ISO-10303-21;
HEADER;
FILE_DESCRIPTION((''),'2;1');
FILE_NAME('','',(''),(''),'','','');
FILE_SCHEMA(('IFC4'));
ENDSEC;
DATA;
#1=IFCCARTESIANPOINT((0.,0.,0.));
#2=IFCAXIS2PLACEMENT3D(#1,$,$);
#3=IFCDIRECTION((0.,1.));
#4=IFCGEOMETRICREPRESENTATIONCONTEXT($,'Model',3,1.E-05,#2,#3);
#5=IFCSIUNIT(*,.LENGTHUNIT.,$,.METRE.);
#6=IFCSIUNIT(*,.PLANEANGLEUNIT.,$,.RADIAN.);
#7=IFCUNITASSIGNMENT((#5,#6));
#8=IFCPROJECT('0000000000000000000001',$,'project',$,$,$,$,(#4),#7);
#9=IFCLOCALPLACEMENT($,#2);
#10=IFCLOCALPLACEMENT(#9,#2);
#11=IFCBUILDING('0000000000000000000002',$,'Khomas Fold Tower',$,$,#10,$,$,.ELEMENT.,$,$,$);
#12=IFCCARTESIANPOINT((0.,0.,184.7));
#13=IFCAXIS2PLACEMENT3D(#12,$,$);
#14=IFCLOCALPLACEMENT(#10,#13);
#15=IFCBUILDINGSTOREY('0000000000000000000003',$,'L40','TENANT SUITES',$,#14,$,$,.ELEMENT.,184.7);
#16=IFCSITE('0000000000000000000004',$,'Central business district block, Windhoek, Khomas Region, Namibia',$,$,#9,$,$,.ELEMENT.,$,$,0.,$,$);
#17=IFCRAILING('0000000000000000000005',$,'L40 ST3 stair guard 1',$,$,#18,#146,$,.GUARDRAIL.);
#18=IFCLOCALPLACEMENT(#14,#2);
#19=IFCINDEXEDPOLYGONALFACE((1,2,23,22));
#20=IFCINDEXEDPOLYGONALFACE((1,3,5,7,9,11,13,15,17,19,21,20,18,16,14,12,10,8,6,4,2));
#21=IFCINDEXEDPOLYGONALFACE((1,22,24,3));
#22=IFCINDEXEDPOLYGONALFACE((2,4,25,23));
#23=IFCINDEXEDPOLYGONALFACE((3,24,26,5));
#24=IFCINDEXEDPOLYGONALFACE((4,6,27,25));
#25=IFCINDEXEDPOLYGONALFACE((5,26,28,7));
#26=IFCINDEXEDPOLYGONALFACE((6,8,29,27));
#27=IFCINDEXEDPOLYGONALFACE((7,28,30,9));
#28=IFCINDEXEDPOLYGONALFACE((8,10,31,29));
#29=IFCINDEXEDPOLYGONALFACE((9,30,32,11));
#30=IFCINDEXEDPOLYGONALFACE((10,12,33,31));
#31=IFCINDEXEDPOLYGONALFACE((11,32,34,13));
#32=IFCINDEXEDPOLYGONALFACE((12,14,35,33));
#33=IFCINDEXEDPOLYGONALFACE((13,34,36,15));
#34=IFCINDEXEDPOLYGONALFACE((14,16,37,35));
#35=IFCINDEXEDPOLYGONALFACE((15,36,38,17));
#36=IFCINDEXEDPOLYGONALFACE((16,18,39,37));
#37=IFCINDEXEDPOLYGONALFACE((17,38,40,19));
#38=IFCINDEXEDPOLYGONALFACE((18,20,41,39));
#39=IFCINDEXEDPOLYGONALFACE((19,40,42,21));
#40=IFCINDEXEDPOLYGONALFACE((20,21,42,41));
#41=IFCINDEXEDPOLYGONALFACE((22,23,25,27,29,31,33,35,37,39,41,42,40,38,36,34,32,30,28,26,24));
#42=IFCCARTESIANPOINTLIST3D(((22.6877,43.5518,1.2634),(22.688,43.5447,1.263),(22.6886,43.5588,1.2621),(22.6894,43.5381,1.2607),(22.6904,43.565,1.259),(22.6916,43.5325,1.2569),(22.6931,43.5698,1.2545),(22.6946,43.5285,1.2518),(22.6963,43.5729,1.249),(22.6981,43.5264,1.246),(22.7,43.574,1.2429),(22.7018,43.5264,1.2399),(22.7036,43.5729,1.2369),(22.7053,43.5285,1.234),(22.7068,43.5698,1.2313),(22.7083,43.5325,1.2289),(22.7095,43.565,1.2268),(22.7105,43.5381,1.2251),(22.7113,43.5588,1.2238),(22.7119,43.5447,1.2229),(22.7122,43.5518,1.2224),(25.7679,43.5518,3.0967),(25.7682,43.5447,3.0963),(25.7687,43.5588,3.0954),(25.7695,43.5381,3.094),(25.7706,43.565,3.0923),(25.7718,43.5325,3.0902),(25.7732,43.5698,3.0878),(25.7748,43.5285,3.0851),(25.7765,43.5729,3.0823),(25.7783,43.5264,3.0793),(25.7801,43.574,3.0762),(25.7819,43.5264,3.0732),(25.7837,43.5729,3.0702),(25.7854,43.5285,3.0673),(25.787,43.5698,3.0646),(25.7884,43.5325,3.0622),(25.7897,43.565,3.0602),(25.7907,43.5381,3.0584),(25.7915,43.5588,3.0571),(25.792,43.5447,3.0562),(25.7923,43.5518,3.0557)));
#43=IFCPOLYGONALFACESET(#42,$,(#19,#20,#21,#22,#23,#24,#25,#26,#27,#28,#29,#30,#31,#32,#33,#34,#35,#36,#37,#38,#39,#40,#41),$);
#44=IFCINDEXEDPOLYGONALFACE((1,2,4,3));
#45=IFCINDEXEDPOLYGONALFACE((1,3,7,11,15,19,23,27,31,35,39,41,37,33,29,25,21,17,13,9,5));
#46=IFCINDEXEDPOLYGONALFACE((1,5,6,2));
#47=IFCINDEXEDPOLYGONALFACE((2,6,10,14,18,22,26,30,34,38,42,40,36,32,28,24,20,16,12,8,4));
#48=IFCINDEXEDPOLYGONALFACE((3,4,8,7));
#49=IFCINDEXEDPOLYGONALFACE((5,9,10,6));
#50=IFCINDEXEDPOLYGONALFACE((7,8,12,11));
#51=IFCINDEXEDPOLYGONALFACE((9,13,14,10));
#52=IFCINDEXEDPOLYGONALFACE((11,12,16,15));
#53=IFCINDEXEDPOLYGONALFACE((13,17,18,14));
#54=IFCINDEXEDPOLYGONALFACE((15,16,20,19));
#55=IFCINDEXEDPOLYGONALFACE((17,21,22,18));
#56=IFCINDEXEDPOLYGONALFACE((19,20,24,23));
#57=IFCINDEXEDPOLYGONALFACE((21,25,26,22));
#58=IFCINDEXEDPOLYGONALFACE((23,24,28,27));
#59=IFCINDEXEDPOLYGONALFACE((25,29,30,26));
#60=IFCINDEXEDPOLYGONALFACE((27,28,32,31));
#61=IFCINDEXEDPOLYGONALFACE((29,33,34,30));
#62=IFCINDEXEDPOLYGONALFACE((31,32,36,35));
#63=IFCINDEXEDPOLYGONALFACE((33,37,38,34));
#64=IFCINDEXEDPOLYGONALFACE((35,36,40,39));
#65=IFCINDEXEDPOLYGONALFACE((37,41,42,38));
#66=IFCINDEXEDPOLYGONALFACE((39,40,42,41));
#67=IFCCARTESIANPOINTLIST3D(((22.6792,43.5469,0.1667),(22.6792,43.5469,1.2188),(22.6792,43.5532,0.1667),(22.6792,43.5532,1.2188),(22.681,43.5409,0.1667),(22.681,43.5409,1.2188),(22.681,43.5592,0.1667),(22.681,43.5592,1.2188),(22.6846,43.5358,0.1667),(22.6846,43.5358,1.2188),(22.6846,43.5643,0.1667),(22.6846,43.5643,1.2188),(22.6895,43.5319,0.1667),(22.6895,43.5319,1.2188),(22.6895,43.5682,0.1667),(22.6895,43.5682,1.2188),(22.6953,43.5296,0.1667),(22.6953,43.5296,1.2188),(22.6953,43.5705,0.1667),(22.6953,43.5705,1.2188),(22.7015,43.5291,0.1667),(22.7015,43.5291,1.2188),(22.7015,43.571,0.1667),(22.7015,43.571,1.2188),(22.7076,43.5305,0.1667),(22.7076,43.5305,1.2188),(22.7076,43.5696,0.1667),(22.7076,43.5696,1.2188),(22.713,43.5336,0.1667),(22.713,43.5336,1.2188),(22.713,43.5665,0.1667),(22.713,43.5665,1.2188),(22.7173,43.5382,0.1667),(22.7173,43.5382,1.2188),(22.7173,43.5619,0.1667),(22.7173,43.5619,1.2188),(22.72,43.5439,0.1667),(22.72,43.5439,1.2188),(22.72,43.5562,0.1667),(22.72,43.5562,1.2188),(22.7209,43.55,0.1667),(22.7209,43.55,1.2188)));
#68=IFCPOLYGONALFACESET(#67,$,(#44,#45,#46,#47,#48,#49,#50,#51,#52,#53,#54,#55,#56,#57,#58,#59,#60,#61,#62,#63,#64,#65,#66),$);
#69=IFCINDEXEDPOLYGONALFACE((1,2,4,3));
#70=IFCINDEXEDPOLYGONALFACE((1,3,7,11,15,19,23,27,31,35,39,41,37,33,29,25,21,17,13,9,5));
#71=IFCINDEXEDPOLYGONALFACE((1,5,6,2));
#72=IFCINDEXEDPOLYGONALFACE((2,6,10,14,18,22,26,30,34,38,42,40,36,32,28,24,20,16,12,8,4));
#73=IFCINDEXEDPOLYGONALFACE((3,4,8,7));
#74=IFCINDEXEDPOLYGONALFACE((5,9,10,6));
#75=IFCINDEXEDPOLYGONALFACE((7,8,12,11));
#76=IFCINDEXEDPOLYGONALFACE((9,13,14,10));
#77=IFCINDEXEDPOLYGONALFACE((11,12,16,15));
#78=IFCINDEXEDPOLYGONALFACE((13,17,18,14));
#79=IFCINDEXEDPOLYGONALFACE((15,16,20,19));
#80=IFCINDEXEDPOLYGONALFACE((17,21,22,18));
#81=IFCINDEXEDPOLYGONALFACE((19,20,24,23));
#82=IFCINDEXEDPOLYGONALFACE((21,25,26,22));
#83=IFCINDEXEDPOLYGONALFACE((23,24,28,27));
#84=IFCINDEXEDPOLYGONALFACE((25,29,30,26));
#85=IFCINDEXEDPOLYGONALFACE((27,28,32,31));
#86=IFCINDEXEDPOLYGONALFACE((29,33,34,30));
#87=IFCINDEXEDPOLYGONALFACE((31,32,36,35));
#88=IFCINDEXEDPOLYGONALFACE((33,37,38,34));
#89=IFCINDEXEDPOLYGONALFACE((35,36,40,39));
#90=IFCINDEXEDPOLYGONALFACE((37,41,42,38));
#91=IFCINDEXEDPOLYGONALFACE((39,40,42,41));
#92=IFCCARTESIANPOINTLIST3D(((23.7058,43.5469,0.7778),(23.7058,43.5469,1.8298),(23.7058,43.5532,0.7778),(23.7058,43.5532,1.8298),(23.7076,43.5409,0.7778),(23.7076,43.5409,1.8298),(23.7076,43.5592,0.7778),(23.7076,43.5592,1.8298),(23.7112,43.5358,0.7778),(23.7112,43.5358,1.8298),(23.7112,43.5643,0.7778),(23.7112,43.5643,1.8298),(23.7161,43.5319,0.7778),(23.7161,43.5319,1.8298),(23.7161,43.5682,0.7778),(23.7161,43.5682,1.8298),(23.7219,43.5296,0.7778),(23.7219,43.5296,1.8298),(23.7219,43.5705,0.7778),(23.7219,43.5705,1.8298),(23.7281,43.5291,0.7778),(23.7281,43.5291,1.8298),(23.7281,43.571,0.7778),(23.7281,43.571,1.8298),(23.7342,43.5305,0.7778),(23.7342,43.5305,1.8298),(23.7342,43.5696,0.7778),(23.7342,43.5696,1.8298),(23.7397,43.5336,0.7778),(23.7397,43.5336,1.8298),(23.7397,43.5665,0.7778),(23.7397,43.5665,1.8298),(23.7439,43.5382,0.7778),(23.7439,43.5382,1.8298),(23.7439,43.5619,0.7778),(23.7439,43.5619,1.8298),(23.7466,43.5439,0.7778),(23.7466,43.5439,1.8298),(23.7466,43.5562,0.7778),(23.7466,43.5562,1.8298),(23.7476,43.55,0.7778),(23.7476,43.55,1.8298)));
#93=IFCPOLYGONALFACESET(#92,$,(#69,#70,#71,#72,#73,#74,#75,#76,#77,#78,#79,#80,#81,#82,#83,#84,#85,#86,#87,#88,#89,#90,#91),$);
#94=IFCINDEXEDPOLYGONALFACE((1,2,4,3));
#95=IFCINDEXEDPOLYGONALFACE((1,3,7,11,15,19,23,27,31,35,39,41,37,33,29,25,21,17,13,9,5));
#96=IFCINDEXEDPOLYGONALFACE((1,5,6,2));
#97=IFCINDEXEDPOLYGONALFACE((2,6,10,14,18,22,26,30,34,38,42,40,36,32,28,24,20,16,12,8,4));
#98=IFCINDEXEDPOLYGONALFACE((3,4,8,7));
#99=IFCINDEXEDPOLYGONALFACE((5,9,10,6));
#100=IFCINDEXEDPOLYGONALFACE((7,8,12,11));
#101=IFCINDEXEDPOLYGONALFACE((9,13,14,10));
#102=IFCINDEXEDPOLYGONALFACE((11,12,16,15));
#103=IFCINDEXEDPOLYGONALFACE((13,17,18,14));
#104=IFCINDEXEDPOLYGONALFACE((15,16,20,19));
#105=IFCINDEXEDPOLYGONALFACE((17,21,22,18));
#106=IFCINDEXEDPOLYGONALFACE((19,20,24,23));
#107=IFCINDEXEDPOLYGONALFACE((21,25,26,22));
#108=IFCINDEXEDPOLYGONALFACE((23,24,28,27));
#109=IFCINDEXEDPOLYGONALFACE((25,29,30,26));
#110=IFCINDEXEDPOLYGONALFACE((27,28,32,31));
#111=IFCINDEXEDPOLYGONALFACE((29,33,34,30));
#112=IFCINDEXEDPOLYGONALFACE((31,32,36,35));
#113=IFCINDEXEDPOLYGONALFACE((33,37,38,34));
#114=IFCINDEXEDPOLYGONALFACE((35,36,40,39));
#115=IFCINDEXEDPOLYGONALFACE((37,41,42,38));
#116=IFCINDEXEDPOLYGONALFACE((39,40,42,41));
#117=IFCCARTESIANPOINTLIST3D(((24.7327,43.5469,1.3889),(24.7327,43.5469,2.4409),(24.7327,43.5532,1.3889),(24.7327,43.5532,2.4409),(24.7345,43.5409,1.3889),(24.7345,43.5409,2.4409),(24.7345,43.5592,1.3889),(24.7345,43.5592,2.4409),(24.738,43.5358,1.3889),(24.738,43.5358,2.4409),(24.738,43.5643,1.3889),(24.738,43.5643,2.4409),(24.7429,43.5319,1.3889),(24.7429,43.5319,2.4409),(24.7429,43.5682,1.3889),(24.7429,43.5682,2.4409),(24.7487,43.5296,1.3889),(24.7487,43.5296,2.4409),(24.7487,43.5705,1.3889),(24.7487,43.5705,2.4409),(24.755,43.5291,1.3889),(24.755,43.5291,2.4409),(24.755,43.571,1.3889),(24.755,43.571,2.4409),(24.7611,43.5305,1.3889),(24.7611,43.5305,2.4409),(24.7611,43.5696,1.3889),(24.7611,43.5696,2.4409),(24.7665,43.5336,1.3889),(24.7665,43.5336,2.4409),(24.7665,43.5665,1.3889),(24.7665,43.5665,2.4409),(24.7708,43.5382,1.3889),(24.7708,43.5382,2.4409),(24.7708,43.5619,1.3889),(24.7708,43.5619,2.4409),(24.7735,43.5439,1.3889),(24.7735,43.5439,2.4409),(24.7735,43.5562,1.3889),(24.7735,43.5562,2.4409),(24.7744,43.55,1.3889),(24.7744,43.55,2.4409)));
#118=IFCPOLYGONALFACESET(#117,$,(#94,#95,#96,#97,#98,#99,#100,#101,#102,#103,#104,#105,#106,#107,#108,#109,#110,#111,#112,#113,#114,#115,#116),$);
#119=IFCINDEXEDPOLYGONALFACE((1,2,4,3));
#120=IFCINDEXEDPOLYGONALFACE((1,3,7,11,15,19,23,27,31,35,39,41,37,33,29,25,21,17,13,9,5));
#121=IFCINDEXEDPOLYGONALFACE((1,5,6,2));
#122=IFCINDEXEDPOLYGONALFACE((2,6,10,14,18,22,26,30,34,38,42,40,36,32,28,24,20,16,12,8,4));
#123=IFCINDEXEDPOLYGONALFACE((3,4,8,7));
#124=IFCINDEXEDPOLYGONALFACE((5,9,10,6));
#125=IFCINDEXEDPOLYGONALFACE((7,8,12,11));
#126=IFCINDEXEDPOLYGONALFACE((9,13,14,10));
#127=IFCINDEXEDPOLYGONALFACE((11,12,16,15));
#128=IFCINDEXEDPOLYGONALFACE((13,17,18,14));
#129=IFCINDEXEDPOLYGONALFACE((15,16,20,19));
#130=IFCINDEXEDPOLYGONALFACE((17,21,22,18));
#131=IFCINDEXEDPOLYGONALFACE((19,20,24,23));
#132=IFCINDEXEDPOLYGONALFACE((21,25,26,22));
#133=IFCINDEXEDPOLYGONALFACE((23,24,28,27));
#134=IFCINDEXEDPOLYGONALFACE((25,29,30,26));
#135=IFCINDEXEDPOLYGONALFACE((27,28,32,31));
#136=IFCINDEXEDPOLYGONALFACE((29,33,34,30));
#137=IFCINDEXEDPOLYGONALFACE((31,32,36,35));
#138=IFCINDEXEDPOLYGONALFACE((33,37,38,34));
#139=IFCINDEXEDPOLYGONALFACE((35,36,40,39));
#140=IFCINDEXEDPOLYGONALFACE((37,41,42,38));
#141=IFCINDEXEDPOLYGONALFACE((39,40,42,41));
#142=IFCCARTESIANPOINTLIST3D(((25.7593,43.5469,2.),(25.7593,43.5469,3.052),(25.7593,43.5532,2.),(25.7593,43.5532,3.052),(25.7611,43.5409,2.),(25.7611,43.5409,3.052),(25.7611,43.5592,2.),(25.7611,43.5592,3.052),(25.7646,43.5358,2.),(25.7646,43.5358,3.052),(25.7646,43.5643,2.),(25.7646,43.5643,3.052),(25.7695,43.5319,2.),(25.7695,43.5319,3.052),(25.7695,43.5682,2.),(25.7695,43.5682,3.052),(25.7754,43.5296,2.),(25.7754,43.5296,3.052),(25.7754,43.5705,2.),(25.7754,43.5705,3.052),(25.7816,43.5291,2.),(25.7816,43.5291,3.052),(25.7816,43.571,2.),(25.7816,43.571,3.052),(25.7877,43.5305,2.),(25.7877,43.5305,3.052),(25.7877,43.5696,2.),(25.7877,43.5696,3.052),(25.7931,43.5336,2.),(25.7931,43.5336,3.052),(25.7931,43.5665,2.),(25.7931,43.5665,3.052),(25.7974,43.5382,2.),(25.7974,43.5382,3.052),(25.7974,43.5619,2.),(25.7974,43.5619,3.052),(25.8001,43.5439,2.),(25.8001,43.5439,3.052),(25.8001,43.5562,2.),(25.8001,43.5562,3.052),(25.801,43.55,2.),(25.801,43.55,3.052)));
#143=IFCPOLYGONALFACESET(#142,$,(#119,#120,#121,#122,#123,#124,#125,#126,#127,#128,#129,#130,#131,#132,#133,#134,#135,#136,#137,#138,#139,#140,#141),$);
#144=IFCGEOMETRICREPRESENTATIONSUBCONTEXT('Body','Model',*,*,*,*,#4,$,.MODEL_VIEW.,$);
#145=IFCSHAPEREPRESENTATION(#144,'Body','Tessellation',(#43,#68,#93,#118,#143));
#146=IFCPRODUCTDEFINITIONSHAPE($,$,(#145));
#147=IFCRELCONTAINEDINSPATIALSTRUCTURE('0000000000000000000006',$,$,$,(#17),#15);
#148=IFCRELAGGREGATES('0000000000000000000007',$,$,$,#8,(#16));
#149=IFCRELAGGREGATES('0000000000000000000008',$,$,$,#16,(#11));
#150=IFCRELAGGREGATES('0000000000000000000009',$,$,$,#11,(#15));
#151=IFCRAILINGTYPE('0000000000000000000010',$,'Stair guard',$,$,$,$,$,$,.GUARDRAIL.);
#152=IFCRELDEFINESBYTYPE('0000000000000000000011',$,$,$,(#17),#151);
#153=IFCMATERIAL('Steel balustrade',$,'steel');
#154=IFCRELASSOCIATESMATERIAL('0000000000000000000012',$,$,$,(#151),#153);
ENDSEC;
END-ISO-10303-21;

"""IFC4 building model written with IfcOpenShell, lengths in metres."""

from ifc_helpers import new_model, si_unit, direction, frame, origin, origin_2d, place, context, subcontext, project, spatial, circle, extrude, source, transform, mapped, material, type_object, element, save


model = new_model("IFC4")

# Units and contexts
model_context = context("Model", 3, precision=1e-05, world=origin(), true_north=direction((0.0, 1.0)))
body_context = subcontext(model_context, "Body", "Model", "MODEL_VIEW")
ifc_project = project(units=[si_unit("LENGTHUNIT", "METRE"), si_unit("PLANEANGLEUNIT", "RADIAN")], contexts=[model_context])

# Site, building, storey
site_placement = place(None, origin())
site = spatial("IfcSite", under=ifc_project, at=site_placement, Name="Central business district block, Windhoek, Khomas Region, Namibia", CompositionType="ELEMENT", RefElevation=0.0)
building_placement = place(site_placement, origin())
building = spatial("IfcBuilding", under=site, at=building_placement, Name="Khomas Fold Tower", CompositionType="ELEMENT")
storey_placement = place(building_placement, frame((0.0, 0.0, 184.7)))
storey = spatial("IfcBuildingStorey", under=building, at=storey_placement, Name="L40", Description="TENANT SUITES", CompositionType="ELEMENT", Elevation=184.7)

# Railing
ifc_material_1 = material(Name="Steel balustrade", Category="steel")
railing_type_1 = type_object("IfcRailingType", Name="Stair guard", PredefinedType="GUARDRAIL", material=ifc_material_1)
shared_shape_1 = source(origin(), body_context, "Body", "SweptSolid", [
    extrude(circle(Radius=0.0239, at=origin_2d()), frame((0.0, 0.0, 1.0762), z_axis=(0.859309, 0.0, 0.511458), x_axis=(0.0, 1.0, 0.0)), (0.0, 0.0, 1.0), 3.5845),
    extrude(circle(Radius=0.021, at=origin_2d()), origin(), (0.0, 0.0, 1.0), 1.052),
    extrude(circle(Radius=0.021, at=origin_2d()), frame((1.0266, 0.0, 0.6111)), (0.0, 0.0, 1.0), 1.052),
    extrude(circle(Radius=0.021, at=origin_2d()), frame((2.0535, 0.0, 1.2222)), (0.0, 0.0, 1.0), 1.052),
    extrude(circle(Radius=0.021, at=origin_2d()), frame((3.0801, 0.0, 1.8333)), (0.0, 0.0, 1.0), 1.052),
])
railing_1_placement = place(storey_placement, frame((22.7, 43.55, 0.1667)))
element("IfcRailing", 1, at=railing_1_placement, inside=storey, type_object=railing_type_1, Name="L40 ST3 stair guard 1", PredefinedType="GUARDRAIL", context=body_context, shape_type="MappedRepresentation", body=[
    mapped(shared_shape_1, transform((0.0, 0.0, 0.0))),
])

save(model, "model.ifc")
